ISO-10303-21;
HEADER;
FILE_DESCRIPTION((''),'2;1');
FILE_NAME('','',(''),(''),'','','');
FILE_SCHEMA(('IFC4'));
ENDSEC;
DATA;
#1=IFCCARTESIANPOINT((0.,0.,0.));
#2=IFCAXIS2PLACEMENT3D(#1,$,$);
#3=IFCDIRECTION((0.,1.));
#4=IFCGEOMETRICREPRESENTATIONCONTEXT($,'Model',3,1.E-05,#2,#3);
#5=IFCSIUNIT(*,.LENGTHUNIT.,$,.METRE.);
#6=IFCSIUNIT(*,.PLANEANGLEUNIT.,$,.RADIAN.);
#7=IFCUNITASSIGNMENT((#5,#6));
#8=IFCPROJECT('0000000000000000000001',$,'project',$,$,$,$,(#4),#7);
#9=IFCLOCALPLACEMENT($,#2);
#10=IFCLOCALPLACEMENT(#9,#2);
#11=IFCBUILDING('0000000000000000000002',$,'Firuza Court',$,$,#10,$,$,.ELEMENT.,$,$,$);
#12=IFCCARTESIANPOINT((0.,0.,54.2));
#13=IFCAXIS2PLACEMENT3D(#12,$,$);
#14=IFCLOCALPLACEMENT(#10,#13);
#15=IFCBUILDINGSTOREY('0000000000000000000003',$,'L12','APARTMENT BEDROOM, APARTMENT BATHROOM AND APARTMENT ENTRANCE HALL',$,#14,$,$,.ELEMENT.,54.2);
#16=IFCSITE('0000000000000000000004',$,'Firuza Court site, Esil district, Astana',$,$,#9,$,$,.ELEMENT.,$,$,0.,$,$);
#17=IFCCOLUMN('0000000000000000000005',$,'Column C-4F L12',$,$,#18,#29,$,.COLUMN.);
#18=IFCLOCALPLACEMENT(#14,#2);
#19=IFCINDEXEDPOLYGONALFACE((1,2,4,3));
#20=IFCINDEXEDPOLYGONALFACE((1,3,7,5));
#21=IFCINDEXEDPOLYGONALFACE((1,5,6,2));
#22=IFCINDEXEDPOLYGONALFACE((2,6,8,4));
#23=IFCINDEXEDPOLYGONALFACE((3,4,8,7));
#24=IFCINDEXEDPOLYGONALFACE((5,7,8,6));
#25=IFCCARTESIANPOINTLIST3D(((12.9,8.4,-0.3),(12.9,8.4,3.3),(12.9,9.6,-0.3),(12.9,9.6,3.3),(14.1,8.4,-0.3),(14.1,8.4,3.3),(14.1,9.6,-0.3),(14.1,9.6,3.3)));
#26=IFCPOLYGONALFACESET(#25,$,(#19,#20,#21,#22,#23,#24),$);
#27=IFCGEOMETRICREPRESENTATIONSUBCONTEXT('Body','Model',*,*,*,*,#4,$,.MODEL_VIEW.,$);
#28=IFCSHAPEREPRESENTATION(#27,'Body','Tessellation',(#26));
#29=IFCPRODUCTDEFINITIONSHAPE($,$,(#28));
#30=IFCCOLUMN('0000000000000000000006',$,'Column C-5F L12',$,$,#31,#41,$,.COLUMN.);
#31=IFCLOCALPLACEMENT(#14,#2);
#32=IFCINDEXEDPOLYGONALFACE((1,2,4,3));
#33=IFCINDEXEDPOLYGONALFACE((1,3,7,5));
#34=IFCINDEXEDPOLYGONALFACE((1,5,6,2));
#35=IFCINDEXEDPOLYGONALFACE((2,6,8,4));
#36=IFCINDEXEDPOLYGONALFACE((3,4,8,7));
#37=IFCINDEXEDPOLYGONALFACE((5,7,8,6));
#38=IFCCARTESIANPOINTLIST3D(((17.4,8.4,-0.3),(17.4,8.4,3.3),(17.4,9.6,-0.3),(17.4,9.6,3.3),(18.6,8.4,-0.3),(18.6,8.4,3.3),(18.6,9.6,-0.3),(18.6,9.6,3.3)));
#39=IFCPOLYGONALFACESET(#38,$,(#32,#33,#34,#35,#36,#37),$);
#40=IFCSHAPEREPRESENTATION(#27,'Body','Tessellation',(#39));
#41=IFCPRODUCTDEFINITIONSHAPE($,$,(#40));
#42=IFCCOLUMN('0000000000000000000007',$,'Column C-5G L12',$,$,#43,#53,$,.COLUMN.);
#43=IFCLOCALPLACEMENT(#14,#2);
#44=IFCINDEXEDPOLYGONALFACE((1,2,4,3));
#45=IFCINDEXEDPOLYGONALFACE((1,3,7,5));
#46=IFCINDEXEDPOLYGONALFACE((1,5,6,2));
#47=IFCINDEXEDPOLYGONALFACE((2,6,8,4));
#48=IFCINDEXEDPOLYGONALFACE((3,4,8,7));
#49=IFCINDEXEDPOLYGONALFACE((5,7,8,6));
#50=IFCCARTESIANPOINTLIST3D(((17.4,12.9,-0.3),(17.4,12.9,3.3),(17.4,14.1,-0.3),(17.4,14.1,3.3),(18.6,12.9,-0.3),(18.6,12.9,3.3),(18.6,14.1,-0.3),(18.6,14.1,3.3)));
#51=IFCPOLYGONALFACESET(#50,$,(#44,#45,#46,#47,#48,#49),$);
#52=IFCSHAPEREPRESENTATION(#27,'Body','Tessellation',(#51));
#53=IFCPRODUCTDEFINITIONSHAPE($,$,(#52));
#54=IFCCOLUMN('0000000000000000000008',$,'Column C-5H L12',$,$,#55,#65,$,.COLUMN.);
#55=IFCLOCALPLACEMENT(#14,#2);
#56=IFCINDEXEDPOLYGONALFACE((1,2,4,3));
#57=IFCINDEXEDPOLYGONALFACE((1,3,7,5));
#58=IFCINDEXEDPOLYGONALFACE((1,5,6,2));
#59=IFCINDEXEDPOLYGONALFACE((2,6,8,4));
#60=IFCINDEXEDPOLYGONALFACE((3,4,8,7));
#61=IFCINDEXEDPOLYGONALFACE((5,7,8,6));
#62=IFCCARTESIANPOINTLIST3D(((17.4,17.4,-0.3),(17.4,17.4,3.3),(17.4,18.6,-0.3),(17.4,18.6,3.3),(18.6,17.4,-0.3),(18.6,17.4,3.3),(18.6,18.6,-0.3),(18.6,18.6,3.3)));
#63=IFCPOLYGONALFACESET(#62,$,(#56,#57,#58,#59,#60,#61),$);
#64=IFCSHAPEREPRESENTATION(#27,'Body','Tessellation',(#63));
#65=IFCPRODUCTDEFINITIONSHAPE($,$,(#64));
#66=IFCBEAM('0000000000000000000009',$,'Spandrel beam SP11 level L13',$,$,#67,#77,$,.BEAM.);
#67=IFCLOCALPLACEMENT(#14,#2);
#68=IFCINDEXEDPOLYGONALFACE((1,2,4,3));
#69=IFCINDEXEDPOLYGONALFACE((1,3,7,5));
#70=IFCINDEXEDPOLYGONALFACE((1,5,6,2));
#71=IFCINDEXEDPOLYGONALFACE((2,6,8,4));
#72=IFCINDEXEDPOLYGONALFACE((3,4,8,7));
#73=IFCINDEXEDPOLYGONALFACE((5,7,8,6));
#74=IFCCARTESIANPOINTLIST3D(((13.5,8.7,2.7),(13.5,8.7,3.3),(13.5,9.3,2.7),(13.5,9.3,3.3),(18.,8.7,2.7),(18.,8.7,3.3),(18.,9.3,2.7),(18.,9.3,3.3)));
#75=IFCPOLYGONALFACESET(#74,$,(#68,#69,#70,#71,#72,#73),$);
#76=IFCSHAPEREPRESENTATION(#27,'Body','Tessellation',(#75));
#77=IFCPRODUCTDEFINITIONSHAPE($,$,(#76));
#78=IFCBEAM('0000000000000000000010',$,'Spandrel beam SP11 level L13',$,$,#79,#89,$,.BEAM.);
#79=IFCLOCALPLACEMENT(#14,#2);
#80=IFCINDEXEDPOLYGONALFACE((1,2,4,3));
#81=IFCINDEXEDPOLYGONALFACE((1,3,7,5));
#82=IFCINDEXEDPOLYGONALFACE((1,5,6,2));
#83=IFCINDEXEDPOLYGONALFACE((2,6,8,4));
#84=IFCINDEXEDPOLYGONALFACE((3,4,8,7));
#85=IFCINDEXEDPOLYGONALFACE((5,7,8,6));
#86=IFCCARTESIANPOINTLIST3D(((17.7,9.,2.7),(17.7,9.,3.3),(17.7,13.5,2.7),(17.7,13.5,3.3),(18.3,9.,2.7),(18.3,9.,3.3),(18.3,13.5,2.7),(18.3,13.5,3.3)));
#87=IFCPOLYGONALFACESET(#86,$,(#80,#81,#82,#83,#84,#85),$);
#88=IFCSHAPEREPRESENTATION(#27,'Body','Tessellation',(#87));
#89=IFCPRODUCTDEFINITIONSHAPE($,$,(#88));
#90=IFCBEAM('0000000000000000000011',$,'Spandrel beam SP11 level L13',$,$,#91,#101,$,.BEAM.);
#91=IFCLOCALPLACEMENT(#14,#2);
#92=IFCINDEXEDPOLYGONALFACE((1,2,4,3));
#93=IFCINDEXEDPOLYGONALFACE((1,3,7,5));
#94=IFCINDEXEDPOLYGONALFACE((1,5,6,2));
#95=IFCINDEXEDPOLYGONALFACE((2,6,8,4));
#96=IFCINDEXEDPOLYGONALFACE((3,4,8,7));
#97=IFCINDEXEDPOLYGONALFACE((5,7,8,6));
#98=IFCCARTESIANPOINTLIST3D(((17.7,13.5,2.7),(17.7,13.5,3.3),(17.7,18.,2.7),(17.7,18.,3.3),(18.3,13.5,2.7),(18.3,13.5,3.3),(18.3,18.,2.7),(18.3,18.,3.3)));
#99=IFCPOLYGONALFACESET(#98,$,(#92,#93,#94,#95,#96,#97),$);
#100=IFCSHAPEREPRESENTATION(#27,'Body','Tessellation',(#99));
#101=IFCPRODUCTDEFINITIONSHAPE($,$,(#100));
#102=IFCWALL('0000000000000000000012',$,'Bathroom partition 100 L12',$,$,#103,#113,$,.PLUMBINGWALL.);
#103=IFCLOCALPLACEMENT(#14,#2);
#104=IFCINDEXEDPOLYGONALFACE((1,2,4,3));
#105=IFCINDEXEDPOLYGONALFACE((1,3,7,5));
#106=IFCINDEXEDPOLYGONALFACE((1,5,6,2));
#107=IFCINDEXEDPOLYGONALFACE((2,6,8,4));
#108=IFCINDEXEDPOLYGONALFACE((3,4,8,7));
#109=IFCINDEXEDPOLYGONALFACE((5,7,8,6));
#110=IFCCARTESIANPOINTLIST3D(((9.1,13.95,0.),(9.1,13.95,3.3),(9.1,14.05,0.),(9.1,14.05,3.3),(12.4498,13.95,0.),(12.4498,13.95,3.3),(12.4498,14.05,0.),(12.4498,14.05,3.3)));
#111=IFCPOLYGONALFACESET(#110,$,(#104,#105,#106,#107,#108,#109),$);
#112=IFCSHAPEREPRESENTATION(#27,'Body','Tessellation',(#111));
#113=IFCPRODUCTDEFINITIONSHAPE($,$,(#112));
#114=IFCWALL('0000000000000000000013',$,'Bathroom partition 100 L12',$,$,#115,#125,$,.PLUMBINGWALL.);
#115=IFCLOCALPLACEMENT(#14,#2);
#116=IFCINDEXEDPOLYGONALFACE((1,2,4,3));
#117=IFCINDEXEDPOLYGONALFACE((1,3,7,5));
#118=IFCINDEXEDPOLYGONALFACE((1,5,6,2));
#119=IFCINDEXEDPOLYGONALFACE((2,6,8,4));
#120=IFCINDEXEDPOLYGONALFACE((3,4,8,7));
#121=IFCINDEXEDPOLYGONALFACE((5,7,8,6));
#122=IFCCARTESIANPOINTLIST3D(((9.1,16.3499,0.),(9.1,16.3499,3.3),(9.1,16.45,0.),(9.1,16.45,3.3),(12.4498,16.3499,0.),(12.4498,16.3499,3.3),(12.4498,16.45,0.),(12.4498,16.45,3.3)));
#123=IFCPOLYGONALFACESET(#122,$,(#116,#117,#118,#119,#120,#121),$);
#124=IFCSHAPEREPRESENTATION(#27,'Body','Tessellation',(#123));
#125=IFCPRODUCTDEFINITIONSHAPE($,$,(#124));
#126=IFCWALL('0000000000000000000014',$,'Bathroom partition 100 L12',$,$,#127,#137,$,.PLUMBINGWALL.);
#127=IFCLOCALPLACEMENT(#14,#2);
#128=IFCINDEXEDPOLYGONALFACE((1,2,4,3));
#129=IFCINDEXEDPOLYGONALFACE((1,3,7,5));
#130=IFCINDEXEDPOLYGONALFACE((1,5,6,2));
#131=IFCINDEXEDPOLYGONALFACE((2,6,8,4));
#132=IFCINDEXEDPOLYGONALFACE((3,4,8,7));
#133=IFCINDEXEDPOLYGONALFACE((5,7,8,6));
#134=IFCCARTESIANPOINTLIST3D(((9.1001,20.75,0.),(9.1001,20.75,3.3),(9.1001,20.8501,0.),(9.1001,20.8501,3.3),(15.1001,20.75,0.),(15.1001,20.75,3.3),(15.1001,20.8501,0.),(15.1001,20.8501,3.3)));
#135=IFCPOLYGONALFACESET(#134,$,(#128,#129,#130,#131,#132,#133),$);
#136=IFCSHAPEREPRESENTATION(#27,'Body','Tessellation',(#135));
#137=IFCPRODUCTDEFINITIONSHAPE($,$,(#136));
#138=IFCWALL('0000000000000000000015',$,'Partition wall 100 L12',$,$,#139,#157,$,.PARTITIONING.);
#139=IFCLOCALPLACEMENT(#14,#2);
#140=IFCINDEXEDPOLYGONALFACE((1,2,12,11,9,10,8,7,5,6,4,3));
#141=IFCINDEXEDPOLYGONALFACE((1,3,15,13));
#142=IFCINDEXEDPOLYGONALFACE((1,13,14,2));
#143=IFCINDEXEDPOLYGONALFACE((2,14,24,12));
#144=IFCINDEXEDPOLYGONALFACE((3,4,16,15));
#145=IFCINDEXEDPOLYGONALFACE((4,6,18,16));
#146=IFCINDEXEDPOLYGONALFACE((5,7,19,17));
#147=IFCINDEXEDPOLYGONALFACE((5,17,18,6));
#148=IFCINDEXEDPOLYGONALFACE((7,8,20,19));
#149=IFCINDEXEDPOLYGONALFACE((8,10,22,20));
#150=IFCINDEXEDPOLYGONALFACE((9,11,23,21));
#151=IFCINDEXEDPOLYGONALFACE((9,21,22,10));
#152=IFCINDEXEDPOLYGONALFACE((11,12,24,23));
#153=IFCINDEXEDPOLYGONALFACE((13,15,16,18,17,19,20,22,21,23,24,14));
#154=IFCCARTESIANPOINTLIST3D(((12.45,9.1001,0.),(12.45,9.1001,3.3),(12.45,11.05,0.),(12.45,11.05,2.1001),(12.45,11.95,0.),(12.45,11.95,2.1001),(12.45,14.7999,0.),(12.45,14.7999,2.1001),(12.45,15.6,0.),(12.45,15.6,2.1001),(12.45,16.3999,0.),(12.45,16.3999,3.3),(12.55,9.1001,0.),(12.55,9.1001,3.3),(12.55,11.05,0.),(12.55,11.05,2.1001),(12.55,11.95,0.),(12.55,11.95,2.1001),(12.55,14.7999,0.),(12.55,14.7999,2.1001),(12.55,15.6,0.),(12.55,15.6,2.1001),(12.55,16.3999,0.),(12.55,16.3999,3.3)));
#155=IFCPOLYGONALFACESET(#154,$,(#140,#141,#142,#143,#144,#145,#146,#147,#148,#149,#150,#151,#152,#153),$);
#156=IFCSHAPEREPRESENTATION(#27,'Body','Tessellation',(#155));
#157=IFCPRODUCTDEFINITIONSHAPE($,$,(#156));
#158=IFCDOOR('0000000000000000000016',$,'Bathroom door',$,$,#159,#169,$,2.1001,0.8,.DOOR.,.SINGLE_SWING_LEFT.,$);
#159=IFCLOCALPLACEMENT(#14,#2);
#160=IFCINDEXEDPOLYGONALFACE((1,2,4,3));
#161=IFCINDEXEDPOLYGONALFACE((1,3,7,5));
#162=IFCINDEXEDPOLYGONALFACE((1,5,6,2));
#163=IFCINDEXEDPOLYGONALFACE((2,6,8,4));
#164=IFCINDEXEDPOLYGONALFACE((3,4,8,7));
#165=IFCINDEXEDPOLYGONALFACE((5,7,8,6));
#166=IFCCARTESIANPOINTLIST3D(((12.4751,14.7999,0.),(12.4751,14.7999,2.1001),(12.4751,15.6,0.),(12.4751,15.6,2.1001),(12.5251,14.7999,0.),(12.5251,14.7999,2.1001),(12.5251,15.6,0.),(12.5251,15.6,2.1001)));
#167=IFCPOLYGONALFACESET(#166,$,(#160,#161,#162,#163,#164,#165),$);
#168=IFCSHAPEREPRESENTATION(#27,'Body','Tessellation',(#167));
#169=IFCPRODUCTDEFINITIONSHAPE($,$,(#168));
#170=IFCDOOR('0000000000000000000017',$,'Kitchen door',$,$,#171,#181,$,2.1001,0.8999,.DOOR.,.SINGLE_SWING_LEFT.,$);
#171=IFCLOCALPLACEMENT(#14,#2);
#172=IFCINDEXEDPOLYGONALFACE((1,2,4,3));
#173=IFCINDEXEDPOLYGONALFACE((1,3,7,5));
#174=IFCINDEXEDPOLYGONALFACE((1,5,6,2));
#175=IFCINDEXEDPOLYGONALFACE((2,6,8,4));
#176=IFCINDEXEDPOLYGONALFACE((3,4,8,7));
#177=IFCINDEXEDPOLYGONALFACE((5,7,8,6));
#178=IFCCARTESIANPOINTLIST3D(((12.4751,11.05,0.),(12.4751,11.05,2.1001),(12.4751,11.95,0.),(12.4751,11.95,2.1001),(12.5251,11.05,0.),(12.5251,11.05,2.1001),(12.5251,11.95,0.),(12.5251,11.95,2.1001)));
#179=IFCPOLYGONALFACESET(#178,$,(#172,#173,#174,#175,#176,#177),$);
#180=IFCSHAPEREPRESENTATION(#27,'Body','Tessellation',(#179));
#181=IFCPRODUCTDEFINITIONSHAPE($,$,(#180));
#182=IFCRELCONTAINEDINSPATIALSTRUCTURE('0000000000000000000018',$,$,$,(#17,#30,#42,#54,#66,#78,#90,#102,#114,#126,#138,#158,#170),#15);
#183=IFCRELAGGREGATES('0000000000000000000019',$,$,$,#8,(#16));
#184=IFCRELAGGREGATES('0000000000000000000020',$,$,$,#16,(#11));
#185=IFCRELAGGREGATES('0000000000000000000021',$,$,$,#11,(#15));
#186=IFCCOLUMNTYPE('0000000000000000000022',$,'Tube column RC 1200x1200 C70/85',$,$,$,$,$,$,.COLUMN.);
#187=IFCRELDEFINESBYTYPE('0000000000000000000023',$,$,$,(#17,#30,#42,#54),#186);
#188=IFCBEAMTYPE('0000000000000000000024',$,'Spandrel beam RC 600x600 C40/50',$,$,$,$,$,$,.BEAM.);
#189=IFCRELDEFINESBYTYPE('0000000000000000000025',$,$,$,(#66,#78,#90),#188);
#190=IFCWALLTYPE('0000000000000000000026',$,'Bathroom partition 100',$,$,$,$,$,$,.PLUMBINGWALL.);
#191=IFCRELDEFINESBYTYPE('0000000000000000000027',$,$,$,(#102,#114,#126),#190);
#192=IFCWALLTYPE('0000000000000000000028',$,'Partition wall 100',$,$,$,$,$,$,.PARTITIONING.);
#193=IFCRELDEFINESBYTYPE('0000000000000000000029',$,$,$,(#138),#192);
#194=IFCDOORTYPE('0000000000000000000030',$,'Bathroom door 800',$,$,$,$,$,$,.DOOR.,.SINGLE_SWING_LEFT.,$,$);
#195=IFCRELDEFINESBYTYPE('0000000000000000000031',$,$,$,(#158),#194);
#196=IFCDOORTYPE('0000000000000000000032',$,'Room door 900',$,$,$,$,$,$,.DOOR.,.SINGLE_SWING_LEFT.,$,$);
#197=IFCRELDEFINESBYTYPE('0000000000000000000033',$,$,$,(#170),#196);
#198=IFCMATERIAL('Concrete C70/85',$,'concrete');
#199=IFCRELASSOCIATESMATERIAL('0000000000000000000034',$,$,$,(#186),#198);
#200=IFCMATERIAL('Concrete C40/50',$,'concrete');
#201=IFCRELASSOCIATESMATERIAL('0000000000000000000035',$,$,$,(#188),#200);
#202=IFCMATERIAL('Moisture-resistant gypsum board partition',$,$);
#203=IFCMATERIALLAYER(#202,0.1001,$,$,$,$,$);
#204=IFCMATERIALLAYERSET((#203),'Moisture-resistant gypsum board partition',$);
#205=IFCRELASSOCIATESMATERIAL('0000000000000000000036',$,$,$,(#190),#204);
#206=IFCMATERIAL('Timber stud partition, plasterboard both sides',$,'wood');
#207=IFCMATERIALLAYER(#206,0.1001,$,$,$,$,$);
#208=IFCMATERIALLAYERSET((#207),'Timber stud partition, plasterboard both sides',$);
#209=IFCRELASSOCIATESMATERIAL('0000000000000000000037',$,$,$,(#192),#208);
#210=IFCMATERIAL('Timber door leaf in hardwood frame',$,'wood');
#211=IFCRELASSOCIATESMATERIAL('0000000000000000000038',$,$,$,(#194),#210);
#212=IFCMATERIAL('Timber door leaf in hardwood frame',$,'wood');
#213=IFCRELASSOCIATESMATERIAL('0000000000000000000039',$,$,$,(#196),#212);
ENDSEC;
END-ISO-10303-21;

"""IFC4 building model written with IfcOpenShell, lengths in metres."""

from ifc_helpers import new_model, si_unit, direction, frame, frame_2d, origin, origin_2d, place, context, subcontext, project, spatial, rectangle, extrude, material, layer, layer_set, material_profile, profile_set, type_object, element, fill, save


model = new_model("IFC4")

# Units and contexts
model_context = context("Model", 3, precision=1e-05, world=origin(), true_north=direction((0.0, 1.0)))
body_context = subcontext(model_context, "Body", "Model", "MODEL_VIEW")
ifc_project = project(units=[si_unit("LENGTHUNIT", "METRE"), si_unit("PLANEANGLEUNIT", "RADIAN")], contexts=[model_context])

# Site, building, storey
site_placement = place(None, origin())
site = spatial("IfcSite", under=ifc_project, at=site_placement, Name="Firuza Court site, Esil district, Astana", CompositionType="ELEMENT", RefElevation=0.0)
building_placement = place(site_placement, origin())
building = spatial("IfcBuilding", under=site, at=building_placement, Name="Firuza Court", CompositionType="ELEMENT")
storey_placement = place(building_placement, frame((0.0, 0.0, 54.2)))
storey = spatial("IfcBuildingStorey", under=building, at=storey_placement, Name="L12", Description="APARTMENT BEDROOM, APARTMENT BATHROOM AND APARTMENT ENTRANCE HALL", CompositionType="ELEMENT", Elevation=54.2)

# Columns
ifc_material_1 = material(Name="Concrete C70/85", Category="concrete")
ifc_material_profile_1 = material_profile(ifc_material_1, rectangle(XDim=1.2, YDim=1.2, at=origin_2d()), Name="RC 1200x1200")
ifc_profile_set_1 = profile_set([ifc_material_profile_1], Name="Concrete C70/85")
column_type = type_object("IfcColumnType", Name="Tube column RC 1200x1200 C70/85", PredefinedType="COLUMN", material=ifc_profile_set_1)
for number, where, z_axis, x_axis, name in (
    (1, (13.5, 9.0, -0.3), (0.0, 0.0, 1.0), (1.0, 0.0, 0.0), "Column C-4F L12"),
    (2, (18.0, 9.0, -0.3), (0.0, 0.0, 1.0), (1.0, 0.0, 0.0), "Column C-5F L12"),
    (3, (18.0, 13.5, -0.3), (0.0, 0.0, 1.0), (1.0, 0.0, 0.0), "Column C-5G L12"),
    (4, (18.0, 18.0, -0.3), (0.0, 0.0, 1.0), (1.0, 0.0, 0.0), "Column C-5H L12"),
):
    element("IfcColumn", number, at=place(storey_placement, frame(where, z_axis=z_axis, x_axis=x_axis)), inside=storey, type_object=column_type, Name=name, PredefinedType="COLUMN", context=body_context, shape_type="SweptSolid", body=[
        extrude(rectangle(XDim=1.2, YDim=1.2, at=origin_2d()), origin(), (0.0, 0.0, 1.0), 3.6001),
    ])

# Beams
ifc_material_2 = material(Name="Concrete C40/50", Category="concrete")
ifc_material_profile_2 = material_profile(ifc_material_2, rectangle(XDim=0.6001, YDim=0.6001, at=origin_2d()), Name="RC 600x600")
ifc_profile_set_2 = profile_set([ifc_material_profile_2], Name="Concrete C40/50")
beam_type = type_object("IfcBeamType", Name="Spandrel beam RC 600x600 C40/50", PredefinedType="BEAM", material=ifc_profile_set_2)
for number, where, z_axis, x_axis, name in (
    (5, (13.5, 9.0, 3.0), (1.0, 0.0, 0.0), (0.0, 1.0, 0.0), "Spandrel beam SP11 level L13"),
    (6, (18.0, 9.0, 3.0), (0.0, 1.0, 0.0), (-1.0, 0.0, 0.0), "Spandrel beam SP11 level L13"),
    (7, (18.0, 13.5, 3.0), (0.0, 1.0, 0.0), (-1.0, 0.0, 0.0), "Spandrel beam SP11 level L13"),
):
    element("IfcBeam", number, at=place(storey_placement, frame(where, z_axis=z_axis, x_axis=x_axis)), inside=storey, type_object=beam_type, Name=name, PredefinedType="BEAM", context=body_context, shape_type="SweptSolid", body=[
        extrude(rectangle(XDim=0.6001, YDim=0.6001, at=origin_2d()), origin(), (0.0, 0.0, 1.0), 4.5),
    ])

# Walls
ifc_material_3 = material(Name="Moisture-resistant gypsum board partition")
ifc_layer_1 = layer(ifc_material_3, 0.1001)
ifc_layer_set_1 = layer_set([ifc_layer_1], Name="Moisture-resistant gypsum board partition")
wall_type_1 = type_object("IfcWallType", Name="Bathroom partition 100", PredefinedType="PLUMBINGWALL", material=ifc_layer_set_1)
for number, where, z_axis, x_axis, name in (
    (8, (9.1001, 14.0, 0.0), (0.0, 0.0, 1.0), (1.0, 0.0, 0.0), "Bathroom partition 100 L12"),
    (9, (9.1001, 16.3999, 0.0), (0.0, 0.0, 1.0), (1.0, 0.0, 0.0), "Bathroom partition 100 L12"),
):
    element("IfcWall", number, at=place(storey_placement, frame(where, z_axis=z_axis, x_axis=x_axis)), inside=storey, type_object=wall_type_1, Name=name, PredefinedType="PLUMBINGWALL", context=body_context, shape_type="SweptSolid", body=[
        extrude(rectangle(XDim=3.3499, YDim=0.1001, at=frame_2d((1.6748, 0.0))), origin(), (0.0, 0.0, 1.0), 3.3),
    ])
wall_1_placement = place(storey_placement, frame((9.1001, 20.8, 0.0), z_axis=(0.0, 0.0, 1.0), x_axis=(1.0, 0.0, 0.0)))
element("IfcWall", 10, at=wall_1_placement, inside=storey, type_object=wall_type_1, Name="Bathroom partition 100 L12", PredefinedType="PLUMBINGWALL", context=body_context, shape_type="SweptSolid", body=[
    extrude(rectangle(XDim=6.0, YDim=0.1001, at=frame_2d((3.0, 0.0))), origin(), (0.0, 0.0, 1.0), 3.3),
])

# Wall, openings, doors
ifc_material_4 = material(Name="Timber stud partition, plasterboard both sides", Category="wood")
ifc_layer_2 = layer(ifc_material_4, 0.1001)
ifc_layer_set_2 = layer_set([ifc_layer_2], Name="Timber stud partition, plasterboard both sides")
wall_type_2 = type_object("IfcWallType", Name="Partition wall 100", PredefinedType="PARTITIONING", material=ifc_layer_set_2)
wall_2_placement = place(storey_placement, frame((12.5, 9.1001, 0.0), z_axis=(0.0, 0.0, 1.0), x_axis=(0.0, 1.0, 0.0)))
wall_2 = element("IfcWall", 11, at=wall_2_placement, inside=storey, type_object=wall_type_2, Name="Partition wall 100 L12", PredefinedType="PARTITIONING", context=body_context, shape_type="SweptSolid", body=[
    extrude(rectangle(XDim=7.2998, YDim=0.1001, at=frame_2d((3.6499, 0.0))), origin(), (0.0, 0.0, 1.0), 3.3),
])
opening_1_placement = place(wall_2_placement, frame((5.7, 0.0, 0.0)))
opening_1 = element("IfcOpeningElement", 12, at=opening_1_placement, cuts=wall_2, PredefinedType="OPENING", context=body_context, shape_type="SweptSolid", body=[
    extrude(rectangle(XDim=0.8, YDim=2.1001, at=frame_2d((0.3999, 1.05))), frame((0.0, 0.062, 0.0), z_axis=(0.0, -1.0, 0.0), x_axis=(1.0, 0.0, 0.0)), (0.0, 0.0, 1.0), 0.124),
])
opening_2_placement = place(wall_2_placement, frame((1.95, 0.0, 0.0)))
opening_2 = element("IfcOpeningElement", 13, at=opening_2_placement, cuts=wall_2, PredefinedType="OPENING", context=body_context, shape_type="SweptSolid", body=[
    extrude(rectangle(XDim=0.8999, YDim=2.1001, at=frame_2d((0.45, 1.05))), frame((0.0, 0.062, 0.0), z_axis=(0.0, -1.0, 0.0), x_axis=(1.0, 0.0, 0.0)), (0.0, 0.0, 1.0), 0.124),
])
ifc_material_5 = material(Name="Timber door leaf in hardwood frame", Category="wood")
door_type_1 = type_object("IfcDoorType", Name="Bathroom door 800", OperationType="SINGLE_SWING_LEFT", PredefinedType="DOOR", material=ifc_material_5)
door_1_placement = place(opening_1_placement, origin())
door_1 = element("IfcDoor", 14, at=door_1_placement, inside=storey, type_object=door_type_1, Name="Bathroom door", OperationType="SINGLE_SWING_LEFT", OverallHeight=2.1001, OverallWidth=0.8, PredefinedType="DOOR", context=body_context, shape_type="SweptSolid", body=[
    extrude(rectangle(XDim=0.8, YDim=2.1001, at=frame_2d((0.3999, 1.05))), frame((0.0, 0.0249, 0.0), z_axis=(0.0, -1.0, 0.0), x_axis=(1.0, 0.0, 0.0)), (0.0, 0.0, 1.0), 0.05),
])
fill(opening_1, door_1)
ifc_material_6 = material(Name="Timber door leaf in hardwood frame", Category="wood")
door_type_2 = type_object("IfcDoorType", Name="Room door 900", OperationType="SINGLE_SWING_LEFT", PredefinedType="DOOR", material=ifc_material_6)
door_2_placement = place(opening_2_placement, origin())
door_2 = element("IfcDoor", 15, at=door_2_placement, inside=storey, type_object=door_type_2, Name="Kitchen door", OperationType="SINGLE_SWING_LEFT", OverallHeight=2.1001, OverallWidth=0.8999, PredefinedType="DOOR", context=body_context, shape_type="SweptSolid", body=[
    extrude(rectangle(XDim=0.8999, YDim=2.1001, at=frame_2d((0.45, 1.05))), frame((0.0, 0.0249, 0.0), z_axis=(0.0, -1.0, 0.0), x_axis=(1.0, 0.0, 0.0)), (0.0, 0.0, 1.0), 0.05),
])
fill(opening_2, door_2)

save(model, "model.ifc")
